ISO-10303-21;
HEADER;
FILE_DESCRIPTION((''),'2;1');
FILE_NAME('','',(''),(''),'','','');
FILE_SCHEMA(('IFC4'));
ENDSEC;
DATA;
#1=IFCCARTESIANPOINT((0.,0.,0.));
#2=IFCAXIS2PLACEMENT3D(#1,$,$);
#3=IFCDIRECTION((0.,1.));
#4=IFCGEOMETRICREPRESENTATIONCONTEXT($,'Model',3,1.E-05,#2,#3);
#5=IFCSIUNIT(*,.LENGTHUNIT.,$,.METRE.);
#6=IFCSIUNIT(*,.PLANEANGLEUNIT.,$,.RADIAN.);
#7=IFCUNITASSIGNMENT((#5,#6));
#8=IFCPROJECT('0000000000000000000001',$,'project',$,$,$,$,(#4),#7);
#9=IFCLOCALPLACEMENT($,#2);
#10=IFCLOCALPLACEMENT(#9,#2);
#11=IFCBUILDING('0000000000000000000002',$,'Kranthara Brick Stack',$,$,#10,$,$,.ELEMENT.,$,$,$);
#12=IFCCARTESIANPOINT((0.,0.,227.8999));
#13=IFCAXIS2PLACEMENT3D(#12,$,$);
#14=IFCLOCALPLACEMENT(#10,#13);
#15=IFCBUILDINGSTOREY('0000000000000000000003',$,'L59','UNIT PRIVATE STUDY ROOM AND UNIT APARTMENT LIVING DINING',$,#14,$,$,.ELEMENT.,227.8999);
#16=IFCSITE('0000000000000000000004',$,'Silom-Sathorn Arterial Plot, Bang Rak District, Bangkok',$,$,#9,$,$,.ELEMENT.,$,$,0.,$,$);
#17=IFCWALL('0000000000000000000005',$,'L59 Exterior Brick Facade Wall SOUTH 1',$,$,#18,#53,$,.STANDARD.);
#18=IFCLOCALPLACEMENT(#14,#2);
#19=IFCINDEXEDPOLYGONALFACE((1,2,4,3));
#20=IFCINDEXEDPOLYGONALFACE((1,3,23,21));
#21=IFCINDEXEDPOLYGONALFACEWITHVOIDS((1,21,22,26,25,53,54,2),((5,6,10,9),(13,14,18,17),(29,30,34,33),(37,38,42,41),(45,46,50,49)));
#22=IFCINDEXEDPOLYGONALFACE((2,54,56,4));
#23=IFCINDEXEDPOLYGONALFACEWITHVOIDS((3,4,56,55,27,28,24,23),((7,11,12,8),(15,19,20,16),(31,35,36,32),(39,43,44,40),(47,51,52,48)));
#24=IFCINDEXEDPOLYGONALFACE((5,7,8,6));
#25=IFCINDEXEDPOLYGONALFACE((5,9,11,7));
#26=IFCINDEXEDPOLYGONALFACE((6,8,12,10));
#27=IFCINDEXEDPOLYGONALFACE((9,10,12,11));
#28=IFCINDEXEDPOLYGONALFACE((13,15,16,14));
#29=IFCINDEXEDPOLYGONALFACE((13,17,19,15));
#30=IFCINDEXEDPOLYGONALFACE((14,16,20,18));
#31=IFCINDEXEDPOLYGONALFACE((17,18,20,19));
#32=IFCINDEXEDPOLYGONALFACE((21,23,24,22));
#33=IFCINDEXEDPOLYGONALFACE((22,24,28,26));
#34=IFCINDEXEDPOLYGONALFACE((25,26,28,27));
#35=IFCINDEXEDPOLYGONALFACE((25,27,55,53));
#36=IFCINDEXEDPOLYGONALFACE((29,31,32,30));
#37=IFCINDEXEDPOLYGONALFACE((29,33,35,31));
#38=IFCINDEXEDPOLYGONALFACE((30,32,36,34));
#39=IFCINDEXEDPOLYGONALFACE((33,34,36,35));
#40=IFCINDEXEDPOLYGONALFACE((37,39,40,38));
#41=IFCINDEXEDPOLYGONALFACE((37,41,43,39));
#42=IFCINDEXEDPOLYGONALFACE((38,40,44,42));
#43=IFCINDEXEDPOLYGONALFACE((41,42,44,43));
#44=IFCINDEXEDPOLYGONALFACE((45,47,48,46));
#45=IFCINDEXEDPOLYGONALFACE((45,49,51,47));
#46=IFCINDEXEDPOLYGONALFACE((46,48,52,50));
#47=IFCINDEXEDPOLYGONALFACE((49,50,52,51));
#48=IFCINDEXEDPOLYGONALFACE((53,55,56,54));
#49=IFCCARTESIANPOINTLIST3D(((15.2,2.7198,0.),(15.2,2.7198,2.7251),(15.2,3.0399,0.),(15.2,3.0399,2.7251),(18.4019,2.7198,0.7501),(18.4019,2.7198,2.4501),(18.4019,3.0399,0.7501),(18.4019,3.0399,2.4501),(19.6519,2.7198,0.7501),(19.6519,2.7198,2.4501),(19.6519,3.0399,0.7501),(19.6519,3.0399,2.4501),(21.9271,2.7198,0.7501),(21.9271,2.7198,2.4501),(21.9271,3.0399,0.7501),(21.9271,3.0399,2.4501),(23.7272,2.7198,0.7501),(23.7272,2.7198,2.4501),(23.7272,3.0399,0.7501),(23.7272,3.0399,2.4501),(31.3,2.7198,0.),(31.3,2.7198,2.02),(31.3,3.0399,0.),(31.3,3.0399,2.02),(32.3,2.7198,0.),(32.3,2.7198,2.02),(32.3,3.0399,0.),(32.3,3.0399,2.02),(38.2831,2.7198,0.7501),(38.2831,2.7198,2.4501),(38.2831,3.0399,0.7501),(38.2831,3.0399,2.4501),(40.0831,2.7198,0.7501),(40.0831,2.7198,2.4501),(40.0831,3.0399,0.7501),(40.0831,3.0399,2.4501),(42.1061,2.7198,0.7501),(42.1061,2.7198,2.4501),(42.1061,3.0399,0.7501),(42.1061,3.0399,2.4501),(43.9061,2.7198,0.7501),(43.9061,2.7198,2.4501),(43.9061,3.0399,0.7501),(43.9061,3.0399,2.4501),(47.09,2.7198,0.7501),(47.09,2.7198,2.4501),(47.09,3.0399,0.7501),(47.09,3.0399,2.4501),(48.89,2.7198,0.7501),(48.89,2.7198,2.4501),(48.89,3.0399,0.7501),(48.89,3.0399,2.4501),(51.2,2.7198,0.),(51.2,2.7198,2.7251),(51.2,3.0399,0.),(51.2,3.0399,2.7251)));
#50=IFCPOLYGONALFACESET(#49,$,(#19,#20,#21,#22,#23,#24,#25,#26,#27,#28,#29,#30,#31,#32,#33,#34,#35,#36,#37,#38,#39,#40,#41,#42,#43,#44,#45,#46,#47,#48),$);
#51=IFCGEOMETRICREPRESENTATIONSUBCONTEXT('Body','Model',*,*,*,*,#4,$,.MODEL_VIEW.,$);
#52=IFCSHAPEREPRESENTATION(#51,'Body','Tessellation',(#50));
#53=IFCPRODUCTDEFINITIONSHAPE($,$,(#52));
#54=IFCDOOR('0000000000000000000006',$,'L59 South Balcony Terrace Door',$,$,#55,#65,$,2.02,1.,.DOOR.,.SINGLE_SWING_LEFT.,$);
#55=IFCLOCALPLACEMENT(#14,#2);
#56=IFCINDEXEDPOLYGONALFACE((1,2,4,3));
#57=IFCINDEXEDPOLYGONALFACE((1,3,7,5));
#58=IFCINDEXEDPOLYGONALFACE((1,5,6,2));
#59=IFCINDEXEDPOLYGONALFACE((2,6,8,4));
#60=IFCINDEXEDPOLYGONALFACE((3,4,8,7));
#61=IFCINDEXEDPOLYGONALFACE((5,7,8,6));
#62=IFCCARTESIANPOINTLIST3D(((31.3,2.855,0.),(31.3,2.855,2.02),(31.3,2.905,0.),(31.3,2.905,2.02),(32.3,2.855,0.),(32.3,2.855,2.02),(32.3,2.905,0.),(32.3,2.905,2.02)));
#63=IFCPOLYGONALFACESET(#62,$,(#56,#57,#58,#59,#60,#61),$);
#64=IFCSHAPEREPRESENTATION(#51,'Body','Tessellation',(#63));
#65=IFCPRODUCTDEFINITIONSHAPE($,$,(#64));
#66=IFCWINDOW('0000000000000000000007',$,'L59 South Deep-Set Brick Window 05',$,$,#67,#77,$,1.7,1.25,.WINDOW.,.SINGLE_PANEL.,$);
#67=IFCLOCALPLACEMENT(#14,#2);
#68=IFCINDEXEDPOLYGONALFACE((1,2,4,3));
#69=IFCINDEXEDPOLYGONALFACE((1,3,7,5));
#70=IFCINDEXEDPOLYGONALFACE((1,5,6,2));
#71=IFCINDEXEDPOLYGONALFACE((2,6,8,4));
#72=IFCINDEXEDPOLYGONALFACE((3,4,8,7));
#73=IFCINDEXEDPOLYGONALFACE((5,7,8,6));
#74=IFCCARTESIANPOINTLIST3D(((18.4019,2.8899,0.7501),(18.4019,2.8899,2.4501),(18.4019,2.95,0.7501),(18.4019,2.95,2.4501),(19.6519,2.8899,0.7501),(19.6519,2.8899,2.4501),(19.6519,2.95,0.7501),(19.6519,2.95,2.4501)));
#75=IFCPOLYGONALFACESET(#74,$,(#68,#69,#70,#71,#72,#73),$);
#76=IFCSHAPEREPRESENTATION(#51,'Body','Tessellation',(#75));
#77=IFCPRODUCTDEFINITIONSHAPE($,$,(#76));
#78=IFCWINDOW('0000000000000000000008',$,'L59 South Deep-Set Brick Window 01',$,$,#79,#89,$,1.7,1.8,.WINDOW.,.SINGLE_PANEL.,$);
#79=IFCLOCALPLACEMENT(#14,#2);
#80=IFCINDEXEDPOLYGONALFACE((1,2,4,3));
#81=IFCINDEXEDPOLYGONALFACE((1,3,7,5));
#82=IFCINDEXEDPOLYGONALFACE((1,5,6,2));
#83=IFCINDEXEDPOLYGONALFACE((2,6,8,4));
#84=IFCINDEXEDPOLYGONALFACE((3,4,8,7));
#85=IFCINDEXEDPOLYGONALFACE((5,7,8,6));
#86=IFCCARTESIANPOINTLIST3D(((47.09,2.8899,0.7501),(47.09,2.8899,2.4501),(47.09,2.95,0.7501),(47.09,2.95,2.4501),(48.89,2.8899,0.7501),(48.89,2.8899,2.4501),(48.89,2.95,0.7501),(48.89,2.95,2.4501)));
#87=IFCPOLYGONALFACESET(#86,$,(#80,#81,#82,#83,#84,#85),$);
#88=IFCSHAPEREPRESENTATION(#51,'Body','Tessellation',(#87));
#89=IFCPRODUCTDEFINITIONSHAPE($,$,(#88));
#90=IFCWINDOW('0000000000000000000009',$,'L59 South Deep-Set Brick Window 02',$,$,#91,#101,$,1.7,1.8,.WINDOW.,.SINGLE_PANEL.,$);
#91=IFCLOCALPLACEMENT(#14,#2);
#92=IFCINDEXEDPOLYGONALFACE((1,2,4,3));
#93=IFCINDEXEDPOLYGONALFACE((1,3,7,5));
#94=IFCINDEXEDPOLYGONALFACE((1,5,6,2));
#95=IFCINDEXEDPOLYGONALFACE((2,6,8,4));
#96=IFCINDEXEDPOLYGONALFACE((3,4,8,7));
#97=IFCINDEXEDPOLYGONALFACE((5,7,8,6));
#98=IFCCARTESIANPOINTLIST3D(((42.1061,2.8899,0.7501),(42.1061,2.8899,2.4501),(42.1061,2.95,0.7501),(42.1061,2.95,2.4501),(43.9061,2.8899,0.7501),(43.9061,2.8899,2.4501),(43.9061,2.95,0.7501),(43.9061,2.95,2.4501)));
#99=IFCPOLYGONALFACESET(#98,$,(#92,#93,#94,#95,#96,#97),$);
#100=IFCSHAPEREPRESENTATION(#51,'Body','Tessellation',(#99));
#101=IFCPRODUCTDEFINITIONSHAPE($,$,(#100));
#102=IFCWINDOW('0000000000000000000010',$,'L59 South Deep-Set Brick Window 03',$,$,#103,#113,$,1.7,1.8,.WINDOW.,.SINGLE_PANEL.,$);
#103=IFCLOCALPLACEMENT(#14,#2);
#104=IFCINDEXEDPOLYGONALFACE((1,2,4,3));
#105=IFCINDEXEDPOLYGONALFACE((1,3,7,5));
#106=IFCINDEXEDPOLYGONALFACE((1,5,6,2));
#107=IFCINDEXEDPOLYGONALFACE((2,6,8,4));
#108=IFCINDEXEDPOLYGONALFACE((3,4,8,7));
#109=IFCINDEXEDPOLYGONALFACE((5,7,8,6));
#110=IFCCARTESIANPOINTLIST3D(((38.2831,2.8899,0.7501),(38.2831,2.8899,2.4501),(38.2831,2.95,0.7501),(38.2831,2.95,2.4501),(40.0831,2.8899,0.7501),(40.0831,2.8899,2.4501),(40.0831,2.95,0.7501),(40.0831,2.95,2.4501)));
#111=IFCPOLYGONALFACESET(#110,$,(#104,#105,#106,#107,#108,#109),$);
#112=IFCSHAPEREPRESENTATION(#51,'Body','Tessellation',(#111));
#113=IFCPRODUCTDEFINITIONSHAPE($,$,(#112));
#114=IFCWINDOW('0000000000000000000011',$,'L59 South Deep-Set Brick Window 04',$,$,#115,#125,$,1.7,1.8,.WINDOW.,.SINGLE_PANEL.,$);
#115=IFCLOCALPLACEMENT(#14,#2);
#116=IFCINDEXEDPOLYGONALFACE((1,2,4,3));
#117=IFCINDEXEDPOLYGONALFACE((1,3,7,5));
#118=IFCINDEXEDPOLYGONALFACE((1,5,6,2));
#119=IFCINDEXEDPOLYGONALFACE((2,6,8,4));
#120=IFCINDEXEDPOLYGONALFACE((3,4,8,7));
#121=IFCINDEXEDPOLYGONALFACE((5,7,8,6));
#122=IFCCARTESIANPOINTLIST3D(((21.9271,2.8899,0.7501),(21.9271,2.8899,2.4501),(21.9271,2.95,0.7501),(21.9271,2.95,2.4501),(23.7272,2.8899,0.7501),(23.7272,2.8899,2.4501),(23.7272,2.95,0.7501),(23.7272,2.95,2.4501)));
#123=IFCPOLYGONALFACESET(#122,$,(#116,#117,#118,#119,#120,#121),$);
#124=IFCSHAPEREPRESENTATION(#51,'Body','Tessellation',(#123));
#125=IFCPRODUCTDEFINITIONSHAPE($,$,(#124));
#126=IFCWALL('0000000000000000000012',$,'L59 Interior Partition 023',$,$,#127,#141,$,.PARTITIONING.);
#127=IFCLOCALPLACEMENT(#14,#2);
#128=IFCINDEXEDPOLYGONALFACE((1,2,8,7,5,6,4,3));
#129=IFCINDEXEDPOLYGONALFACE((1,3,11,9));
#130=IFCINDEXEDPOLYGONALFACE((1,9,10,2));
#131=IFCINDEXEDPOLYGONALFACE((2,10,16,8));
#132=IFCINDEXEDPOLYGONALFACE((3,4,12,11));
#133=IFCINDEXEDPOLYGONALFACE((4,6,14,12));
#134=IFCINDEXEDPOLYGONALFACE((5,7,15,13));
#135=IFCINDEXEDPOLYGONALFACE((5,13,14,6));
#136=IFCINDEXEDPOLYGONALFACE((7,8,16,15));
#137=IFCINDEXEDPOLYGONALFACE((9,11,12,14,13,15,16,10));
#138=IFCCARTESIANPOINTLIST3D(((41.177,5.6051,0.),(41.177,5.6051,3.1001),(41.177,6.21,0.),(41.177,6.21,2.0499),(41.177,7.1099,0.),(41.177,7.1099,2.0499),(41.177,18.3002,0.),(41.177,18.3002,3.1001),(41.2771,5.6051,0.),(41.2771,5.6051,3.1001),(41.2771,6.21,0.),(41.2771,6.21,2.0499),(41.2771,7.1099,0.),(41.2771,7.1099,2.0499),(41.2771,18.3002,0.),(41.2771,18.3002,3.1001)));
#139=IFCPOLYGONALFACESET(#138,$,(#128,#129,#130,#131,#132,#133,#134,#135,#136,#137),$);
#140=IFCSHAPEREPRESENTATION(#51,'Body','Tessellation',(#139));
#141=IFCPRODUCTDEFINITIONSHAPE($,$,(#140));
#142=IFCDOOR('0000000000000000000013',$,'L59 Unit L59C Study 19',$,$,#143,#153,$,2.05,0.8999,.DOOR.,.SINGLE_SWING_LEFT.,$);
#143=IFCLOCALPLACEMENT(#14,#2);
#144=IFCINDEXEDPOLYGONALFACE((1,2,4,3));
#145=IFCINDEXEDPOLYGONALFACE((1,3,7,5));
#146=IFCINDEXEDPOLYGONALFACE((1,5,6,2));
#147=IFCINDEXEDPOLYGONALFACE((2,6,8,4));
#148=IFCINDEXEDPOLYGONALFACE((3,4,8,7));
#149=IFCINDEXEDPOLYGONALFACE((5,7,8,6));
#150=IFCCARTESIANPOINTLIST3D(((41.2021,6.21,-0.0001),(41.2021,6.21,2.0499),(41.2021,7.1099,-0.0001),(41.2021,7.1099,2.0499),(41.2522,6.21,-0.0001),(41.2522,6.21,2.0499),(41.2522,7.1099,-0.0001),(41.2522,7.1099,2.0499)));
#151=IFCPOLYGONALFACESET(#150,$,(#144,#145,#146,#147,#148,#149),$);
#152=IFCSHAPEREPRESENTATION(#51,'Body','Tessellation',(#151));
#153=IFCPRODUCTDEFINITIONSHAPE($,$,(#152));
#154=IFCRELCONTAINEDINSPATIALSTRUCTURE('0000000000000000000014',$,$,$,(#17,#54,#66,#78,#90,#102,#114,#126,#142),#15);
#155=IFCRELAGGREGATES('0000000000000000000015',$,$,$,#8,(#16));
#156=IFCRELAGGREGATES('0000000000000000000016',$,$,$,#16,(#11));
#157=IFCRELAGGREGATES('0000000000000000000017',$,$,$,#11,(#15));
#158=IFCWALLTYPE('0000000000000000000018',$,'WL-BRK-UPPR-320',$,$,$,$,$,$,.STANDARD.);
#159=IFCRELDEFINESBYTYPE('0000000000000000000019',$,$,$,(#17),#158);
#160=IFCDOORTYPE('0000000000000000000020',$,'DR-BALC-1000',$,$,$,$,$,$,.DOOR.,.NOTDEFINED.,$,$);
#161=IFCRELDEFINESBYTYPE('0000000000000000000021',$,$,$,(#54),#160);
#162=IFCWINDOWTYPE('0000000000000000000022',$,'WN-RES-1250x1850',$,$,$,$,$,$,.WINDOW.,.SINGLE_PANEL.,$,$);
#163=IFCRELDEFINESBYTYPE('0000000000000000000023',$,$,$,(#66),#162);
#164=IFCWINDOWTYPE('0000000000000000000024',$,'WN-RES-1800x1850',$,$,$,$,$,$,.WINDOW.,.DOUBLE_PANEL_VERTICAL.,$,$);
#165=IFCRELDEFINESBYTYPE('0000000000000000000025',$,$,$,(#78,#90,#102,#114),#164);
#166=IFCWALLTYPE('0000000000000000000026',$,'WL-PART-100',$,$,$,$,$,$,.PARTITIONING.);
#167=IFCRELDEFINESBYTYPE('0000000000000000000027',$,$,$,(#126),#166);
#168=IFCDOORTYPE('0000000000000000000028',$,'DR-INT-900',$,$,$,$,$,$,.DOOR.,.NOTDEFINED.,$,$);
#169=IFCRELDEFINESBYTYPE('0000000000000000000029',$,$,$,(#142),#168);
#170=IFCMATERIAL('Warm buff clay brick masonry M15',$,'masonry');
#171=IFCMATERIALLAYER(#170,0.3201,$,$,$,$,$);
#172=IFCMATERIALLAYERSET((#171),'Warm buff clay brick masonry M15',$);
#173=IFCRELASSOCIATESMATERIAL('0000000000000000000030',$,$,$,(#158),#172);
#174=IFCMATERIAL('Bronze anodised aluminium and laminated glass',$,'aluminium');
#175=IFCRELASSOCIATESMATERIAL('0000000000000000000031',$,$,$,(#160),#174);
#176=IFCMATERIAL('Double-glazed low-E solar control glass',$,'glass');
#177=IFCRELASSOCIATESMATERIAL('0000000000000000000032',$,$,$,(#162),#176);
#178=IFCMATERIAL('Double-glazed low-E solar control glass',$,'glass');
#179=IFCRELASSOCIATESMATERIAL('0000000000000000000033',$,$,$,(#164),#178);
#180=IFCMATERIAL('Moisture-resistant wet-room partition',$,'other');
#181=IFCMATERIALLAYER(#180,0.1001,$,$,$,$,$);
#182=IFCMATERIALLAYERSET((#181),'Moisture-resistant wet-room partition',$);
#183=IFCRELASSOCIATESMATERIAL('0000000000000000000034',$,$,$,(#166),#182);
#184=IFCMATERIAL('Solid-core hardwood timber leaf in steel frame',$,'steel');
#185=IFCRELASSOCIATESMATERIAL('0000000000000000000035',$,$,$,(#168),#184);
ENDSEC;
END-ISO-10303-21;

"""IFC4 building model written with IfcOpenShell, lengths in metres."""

from ifc_helpers import new_model, si_unit, direction, frame, frame_2d, origin, place, context, subcontext, project, spatial, rectangle, extrude, material, layer, layer_set, type_object, element, fill, save


model = new_model("IFC4")

# Units and contexts
model_context = context("Model", 3, precision=1e-05, world=origin(), true_north=direction((0.0, 1.0)))
body_context = subcontext(model_context, "Body", "Model", "MODEL_VIEW")
ifc_project = project(units=[si_unit("LENGTHUNIT", "METRE"), si_unit("PLANEANGLEUNIT", "RADIAN")], contexts=[model_context])

# Site, building, storey
site_placement = place(None, origin())
site = spatial("IfcSite", under=ifc_project, at=site_placement, Name="Silom-Sathorn Arterial Plot, Bang Rak District, Bangkok", CompositionType="ELEMENT", RefElevation=0.0)
building_placement = place(site_placement, origin())
building = spatial("IfcBuilding", under=site, at=building_placement, Name="Kranthara Brick Stack", CompositionType="ELEMENT")
storey_placement = place(building_placement, frame((0.0, 0.0, 227.8999)))
storey = spatial("IfcBuildingStorey", under=building, at=storey_placement, Name="L59", Description="UNIT PRIVATE STUDY ROOM AND UNIT APARTMENT LIVING DINING", CompositionType="ELEMENT", Elevation=227.8999)

# Wall, openings, door, windows
ifc_material_1 = material(Name="Warm buff clay brick masonry M15", Category="masonry")
ifc_layer_1 = layer(ifc_material_1, 0.3201)
ifc_layer_set_1 = layer_set([ifc_layer_1], Name="Warm buff clay brick masonry M15")
wall_type_1 = type_object("IfcWallType", Name="WL-BRK-UPPR-320", PredefinedType="STANDARD", material=ifc_layer_set_1)
wall_1_placement = place(storey_placement, frame((51.2, 2.8799, 0.0), z_axis=(0.0, 0.0, 1.0), x_axis=(-1.0, 0.0, 0.0)))
wall_1 = element("IfcWall", 1, at=wall_1_placement, inside=storey, type_object=wall_type_1, Name="L59 Exterior Brick Facade Wall SOUTH 1", PredefinedType="STANDARD", context=body_context, shape_type="SweptSolid", body=[
    extrude(rectangle(XDim=36.0, YDim=0.3201, at=frame_2d((18.0, 0.0))), origin(), (0.0, 0.0, 1.0), 2.7251),
])
opening_1_placement = place(wall_1_placement, frame((18.8999, 0.0, 0.0)))
opening_1 = element("IfcOpeningElement", 2, at=opening_1_placement, cuts=wall_1, PredefinedType="OPENING", context=body_context, shape_type="SweptSolid", body=[
    extrude(rectangle(XDim=1.0, YDim=2.02, at=frame_2d((0.5, 1.01))), frame((0.0, 0.1699, 0.0), z_axis=(0.0, -1.0, 0.0), x_axis=(1.0, 0.0, 0.0)), (0.0, 0.0, 1.0), 0.3401),
])
opening_2_placement = place(wall_1_placement, frame((2.3101, 0.0, 0.75)))
opening_2 = element("IfcOpeningElement", 3, at=opening_2_placement, cuts=wall_1, PredefinedType="OPENING", context=body_context, shape_type="SweptSolid", body=[
    extrude(rectangle(XDim=1.8, YDim=1.7, at=frame_2d((0.8999, 0.8501))), frame((0.0, 0.1699, 0.0), z_axis=(0.0, -1.0, 0.0), x_axis=(1.0, 0.0, 0.0)), (0.0, 0.0, 1.0), 0.3401),
])
opening_3_placement = place(wall_1_placement, frame((7.2939, 0.0, 0.75)))
opening_3 = element("IfcOpeningElement", 4, at=opening_3_placement, cuts=wall_1, PredefinedType="OPENING", context=body_context, shape_type="SweptSolid", body=[
    extrude(rectangle(XDim=1.8, YDim=1.7, at=frame_2d((0.8999, 0.8501))), frame((0.0, 0.1699, 0.0), z_axis=(0.0, -1.0, 0.0), x_axis=(1.0, 0.0, 0.0)), (0.0, 0.0, 1.0), 0.3401),
])
opening_4_placement = place(wall_1_placement, frame((11.1169, 0.0, 0.75)))
opening_4 = element("IfcOpeningElement", 5, at=opening_4_placement, cuts=wall_1, PredefinedType="OPENING", context=body_context, shape_type="SweptSolid", body=[
    extrude(rectangle(XDim=1.8, YDim=1.7, at=frame_2d((0.8999, 0.8501))), frame((0.0, 0.1699, 0.0), z_axis=(0.0, -1.0, 0.0), x_axis=(1.0, 0.0, 0.0)), (0.0, 0.0, 1.0), 0.3401),
])
opening_5_placement = place(wall_1_placement, frame((27.4729, 0.0, 0.75)))
opening_5 = element("IfcOpeningElement", 6, at=opening_5_placement, cuts=wall_1, PredefinedType="OPENING", context=body_context, shape_type="SweptSolid", body=[
    extrude(rectangle(XDim=1.8, YDim=1.7, at=frame_2d((0.8999, 0.8501))), frame((0.0, 0.1699, 0.0), z_axis=(0.0, -1.0, 0.0), x_axis=(1.0, 0.0, 0.0)), (0.0, 0.0, 1.0), 0.3401),
])
opening_6_placement = place(wall_1_placement, frame((31.5481, 0.0, 0.75)))
opening_6 = element("IfcOpeningElement", 7, at=opening_6_placement, cuts=wall_1, PredefinedType="OPENING", context=body_context, shape_type="SweptSolid", body=[
    extrude(rectangle(XDim=1.25, YDim=1.7, at=frame_2d((0.625, 0.8501))), frame((0.0, 0.1699, 0.0), z_axis=(0.0, -1.0, 0.0), x_axis=(1.0, 0.0, 0.0)), (0.0, 0.0, 1.0), 0.3401),
])
ifc_material_2 = material(Name="Bronze anodised aluminium and laminated glass", Category="aluminium")
door_type_1 = type_object("IfcDoorType", Name="DR-BALC-1000", OperationType="NOTDEFINED", PredefinedType="DOOR", material=ifc_material_2)
door_1_placement = place(opening_1_placement, origin())
door_1 = element("IfcDoor", 8, at=door_1_placement, inside=storey, type_object=door_type_1, Name="L59 South Balcony Terrace Door", OperationType="SINGLE_SWING_LEFT", OverallHeight=2.02, OverallWidth=1.0, PredefinedType="DOOR", context=body_context, shape_type="SweptSolid", body=[
    extrude(rectangle(XDim=1.0, YDim=2.02, at=frame_2d((0.5, 1.01))), frame((0.0, 0.0249, 0.0), z_axis=(0.0, -1.0, 0.0), x_axis=(1.0, 0.0, 0.0)), (0.0, 0.0, 1.0), 0.05),
])
fill(opening_1, door_1)
ifc_material_3 = material(Name="Double-glazed low-E solar control glass", Category="glass")
window_type_1 = type_object("IfcWindowType", Name="WN-RES-1250x1850", PartitioningType="SINGLE_PANEL", PredefinedType="WINDOW", material=ifc_material_3)
window_1_placement = place(opening_6_placement, origin())
window_1 = element("IfcWindow", 9, at=window_1_placement, inside=storey, type_object=window_type_1, Name="L59 South Deep-Set Brick Window 05", OverallHeight=1.7, OverallWidth=1.25, PartitioningType="SINGLE_PANEL", PredefinedType="WINDOW", context=body_context, shape_type="SweptSolid", body=[
    extrude(rectangle(XDim=1.25, YDim=1.7, at=frame_2d((0.625, 0.8501))), frame((0.0, -0.01, 0.0), z_axis=(0.0, -1.0, 0.0), x_axis=(1.0, 0.0, 0.0)), (0.0, 0.0, 1.0), 0.0601),
])
fill(opening_6, window_1)
ifc_material_4 = material(Name="Double-glazed low-E solar control glass", Category="glass")
window_type_2 = type_object("IfcWindowType", Name="WN-RES-1800x1850", PartitioningType="DOUBLE_PANEL_VERTICAL", PredefinedType="WINDOW", material=ifc_material_4)
window_2_placement = place(opening_2_placement, origin())
window_2 = element("IfcWindow", 10, at=window_2_placement, inside=storey, type_object=window_type_2, Name="L59 South Deep-Set Brick Window 01", OverallHeight=1.7, OverallWidth=1.8, PartitioningType="SINGLE_PANEL", PredefinedType="WINDOW", context=body_context, shape_type="SweptSolid", body=[
    extrude(rectangle(XDim=1.8, YDim=1.7, at=frame_2d((0.8999, 0.8501))), frame((0.0, -0.01, 0.0), z_axis=(0.0, -1.0, 0.0), x_axis=(1.0, 0.0, 0.0)), (0.0, 0.0, 1.0), 0.0601),
])
fill(opening_2, window_2)
window_3_placement = place(opening_3_placement, origin())
window_3 = element("IfcWindow", 11, at=window_3_placement, inside=storey, type_object=window_type_2, Name="L59 South Deep-Set Brick Window 02", OverallHeight=1.7, OverallWidth=1.8, PartitioningType="SINGLE_PANEL", PredefinedType="WINDOW", context=body_context, shape_type="SweptSolid", body=[
    extrude(rectangle(XDim=1.8, YDim=1.7, at=frame_2d((0.8999, 0.8501))), frame((0.0, -0.01, 0.0), z_axis=(0.0, -1.0, 0.0), x_axis=(1.0, 0.0, 0.0)), (0.0, 0.0, 1.0), 0.0601),
])
fill(opening_3, window_3)
window_4_placement = place(opening_4_placement, origin())
window_4 = element("IfcWindow", 12, at=window_4_placement, inside=storey, type_object=window_type_2, Name="L59 South Deep-Set Brick Window 03", OverallHeight=1.7, OverallWidth=1.8, PartitioningType="SINGLE_PANEL", PredefinedType="WINDOW", context=body_context, shape_type="SweptSolid", body=[
    extrude(rectangle(XDim=1.8, YDim=1.7, at=frame_2d((0.8999, 0.8501))), frame((0.0, -0.01, 0.0), z_axis=(0.0, -1.0, 0.0), x_axis=(1.0, 0.0, 0.0)), (0.0, 0.0, 1.0), 0.0601),
])
fill(opening_4, window_4)
window_5_placement = place(opening_5_placement, origin())
window_5 = element("IfcWindow", 13, at=window_5_placement, inside=storey, type_object=window_type_2, Name="L59 South Deep-Set Brick Window 04", OverallHeight=1.7, OverallWidth=1.8, PartitioningType="SINGLE_PANEL", PredefinedType="WINDOW", context=body_context, shape_type="SweptSolid", body=[
    extrude(rectangle(XDim=1.8, YDim=1.7, at=frame_2d((0.8999, 0.8501))), frame((0.0, -0.01, 0.0), z_axis=(0.0, -1.0, 0.0), x_axis=(1.0, 0.0, 0.0)), (0.0, 0.0, 1.0), 0.0601),
])
fill(opening_5, window_5)

# Wall, opening, door
ifc_material_5 = material(Name="Moisture-resistant wet-room partition", Category="other")
ifc_layer_2 = layer(ifc_material_5, 0.1001)
ifc_layer_set_2 = layer_set([ifc_layer_2], Name="Moisture-resistant wet-room partition")
wall_type_2 = type_object("IfcWallType", Name="WL-PART-100", PredefinedType="PARTITIONING", material=ifc_layer_set_2)
wall_2_placement = place(storey_placement, frame((41.2271, 5.605, 0.0), z_axis=(0.0, 0.0, 1.0), x_axis=(0.0, 1.0, 0.0)))
wall_2 = element("IfcWall", 14, at=wall_2_placement, inside=storey, type_object=wall_type_2, Name="L59 Interior Partition 023", PredefinedType="PARTITIONING", context=body_context, shape_type="SweptSolid", body=[
    extrude(rectangle(XDim=12.6951, YDim=0.1001, at=frame_2d((6.3477, 0.0))), origin(), (0.0, 0.0, 1.0), 3.1001),
])
opening_7_placement = place(wall_2_placement, frame((0.605, 0.0, 0.0)))
opening_7 = element("IfcOpeningElement", 15, at=opening_7_placement, cuts=wall_2, PredefinedType="OPENING", context=body_context, shape_type="SweptSolid", body=[
    extrude(rectangle(XDim=0.8999, YDim=2.05, at=frame_2d((0.45, 1.0249))), frame((0.0, 0.0601, 0.0), z_axis=(0.0, -1.0, 0.0), x_axis=(1.0, 0.0, 0.0)), (0.0, 0.0, 1.0), 0.1201),
])
ifc_material_6 = material(Name="Solid-core hardwood timber leaf in steel frame", Category="steel")
door_type_2 = type_object("IfcDoorType", Name="DR-INT-900", OperationType="NOTDEFINED", PredefinedType="DOOR", material=ifc_material_6)
door_2_placement = place(opening_7_placement, origin())
door_2 = element("IfcDoor", 16, at=door_2_placement, inside=storey, type_object=door_type_2, Name="L59 Unit L59C Study 19", OperationType="SINGLE_SWING_LEFT", OverallHeight=2.05, OverallWidth=0.8999, PredefinedType="DOOR", context=body_context, shape_type="SweptSolid", body=[
    extrude(rectangle(XDim=0.8999, YDim=2.05, at=frame_2d((0.45, 1.0249))), frame((0.0, 0.0249, 0.0), z_axis=(0.0, -1.0, 0.0), x_axis=(1.0, 0.0, 0.0)), (0.0, 0.0, 1.0), 0.05),
])
fill(opening_7, door_2)

save(model, "model.ifc")
